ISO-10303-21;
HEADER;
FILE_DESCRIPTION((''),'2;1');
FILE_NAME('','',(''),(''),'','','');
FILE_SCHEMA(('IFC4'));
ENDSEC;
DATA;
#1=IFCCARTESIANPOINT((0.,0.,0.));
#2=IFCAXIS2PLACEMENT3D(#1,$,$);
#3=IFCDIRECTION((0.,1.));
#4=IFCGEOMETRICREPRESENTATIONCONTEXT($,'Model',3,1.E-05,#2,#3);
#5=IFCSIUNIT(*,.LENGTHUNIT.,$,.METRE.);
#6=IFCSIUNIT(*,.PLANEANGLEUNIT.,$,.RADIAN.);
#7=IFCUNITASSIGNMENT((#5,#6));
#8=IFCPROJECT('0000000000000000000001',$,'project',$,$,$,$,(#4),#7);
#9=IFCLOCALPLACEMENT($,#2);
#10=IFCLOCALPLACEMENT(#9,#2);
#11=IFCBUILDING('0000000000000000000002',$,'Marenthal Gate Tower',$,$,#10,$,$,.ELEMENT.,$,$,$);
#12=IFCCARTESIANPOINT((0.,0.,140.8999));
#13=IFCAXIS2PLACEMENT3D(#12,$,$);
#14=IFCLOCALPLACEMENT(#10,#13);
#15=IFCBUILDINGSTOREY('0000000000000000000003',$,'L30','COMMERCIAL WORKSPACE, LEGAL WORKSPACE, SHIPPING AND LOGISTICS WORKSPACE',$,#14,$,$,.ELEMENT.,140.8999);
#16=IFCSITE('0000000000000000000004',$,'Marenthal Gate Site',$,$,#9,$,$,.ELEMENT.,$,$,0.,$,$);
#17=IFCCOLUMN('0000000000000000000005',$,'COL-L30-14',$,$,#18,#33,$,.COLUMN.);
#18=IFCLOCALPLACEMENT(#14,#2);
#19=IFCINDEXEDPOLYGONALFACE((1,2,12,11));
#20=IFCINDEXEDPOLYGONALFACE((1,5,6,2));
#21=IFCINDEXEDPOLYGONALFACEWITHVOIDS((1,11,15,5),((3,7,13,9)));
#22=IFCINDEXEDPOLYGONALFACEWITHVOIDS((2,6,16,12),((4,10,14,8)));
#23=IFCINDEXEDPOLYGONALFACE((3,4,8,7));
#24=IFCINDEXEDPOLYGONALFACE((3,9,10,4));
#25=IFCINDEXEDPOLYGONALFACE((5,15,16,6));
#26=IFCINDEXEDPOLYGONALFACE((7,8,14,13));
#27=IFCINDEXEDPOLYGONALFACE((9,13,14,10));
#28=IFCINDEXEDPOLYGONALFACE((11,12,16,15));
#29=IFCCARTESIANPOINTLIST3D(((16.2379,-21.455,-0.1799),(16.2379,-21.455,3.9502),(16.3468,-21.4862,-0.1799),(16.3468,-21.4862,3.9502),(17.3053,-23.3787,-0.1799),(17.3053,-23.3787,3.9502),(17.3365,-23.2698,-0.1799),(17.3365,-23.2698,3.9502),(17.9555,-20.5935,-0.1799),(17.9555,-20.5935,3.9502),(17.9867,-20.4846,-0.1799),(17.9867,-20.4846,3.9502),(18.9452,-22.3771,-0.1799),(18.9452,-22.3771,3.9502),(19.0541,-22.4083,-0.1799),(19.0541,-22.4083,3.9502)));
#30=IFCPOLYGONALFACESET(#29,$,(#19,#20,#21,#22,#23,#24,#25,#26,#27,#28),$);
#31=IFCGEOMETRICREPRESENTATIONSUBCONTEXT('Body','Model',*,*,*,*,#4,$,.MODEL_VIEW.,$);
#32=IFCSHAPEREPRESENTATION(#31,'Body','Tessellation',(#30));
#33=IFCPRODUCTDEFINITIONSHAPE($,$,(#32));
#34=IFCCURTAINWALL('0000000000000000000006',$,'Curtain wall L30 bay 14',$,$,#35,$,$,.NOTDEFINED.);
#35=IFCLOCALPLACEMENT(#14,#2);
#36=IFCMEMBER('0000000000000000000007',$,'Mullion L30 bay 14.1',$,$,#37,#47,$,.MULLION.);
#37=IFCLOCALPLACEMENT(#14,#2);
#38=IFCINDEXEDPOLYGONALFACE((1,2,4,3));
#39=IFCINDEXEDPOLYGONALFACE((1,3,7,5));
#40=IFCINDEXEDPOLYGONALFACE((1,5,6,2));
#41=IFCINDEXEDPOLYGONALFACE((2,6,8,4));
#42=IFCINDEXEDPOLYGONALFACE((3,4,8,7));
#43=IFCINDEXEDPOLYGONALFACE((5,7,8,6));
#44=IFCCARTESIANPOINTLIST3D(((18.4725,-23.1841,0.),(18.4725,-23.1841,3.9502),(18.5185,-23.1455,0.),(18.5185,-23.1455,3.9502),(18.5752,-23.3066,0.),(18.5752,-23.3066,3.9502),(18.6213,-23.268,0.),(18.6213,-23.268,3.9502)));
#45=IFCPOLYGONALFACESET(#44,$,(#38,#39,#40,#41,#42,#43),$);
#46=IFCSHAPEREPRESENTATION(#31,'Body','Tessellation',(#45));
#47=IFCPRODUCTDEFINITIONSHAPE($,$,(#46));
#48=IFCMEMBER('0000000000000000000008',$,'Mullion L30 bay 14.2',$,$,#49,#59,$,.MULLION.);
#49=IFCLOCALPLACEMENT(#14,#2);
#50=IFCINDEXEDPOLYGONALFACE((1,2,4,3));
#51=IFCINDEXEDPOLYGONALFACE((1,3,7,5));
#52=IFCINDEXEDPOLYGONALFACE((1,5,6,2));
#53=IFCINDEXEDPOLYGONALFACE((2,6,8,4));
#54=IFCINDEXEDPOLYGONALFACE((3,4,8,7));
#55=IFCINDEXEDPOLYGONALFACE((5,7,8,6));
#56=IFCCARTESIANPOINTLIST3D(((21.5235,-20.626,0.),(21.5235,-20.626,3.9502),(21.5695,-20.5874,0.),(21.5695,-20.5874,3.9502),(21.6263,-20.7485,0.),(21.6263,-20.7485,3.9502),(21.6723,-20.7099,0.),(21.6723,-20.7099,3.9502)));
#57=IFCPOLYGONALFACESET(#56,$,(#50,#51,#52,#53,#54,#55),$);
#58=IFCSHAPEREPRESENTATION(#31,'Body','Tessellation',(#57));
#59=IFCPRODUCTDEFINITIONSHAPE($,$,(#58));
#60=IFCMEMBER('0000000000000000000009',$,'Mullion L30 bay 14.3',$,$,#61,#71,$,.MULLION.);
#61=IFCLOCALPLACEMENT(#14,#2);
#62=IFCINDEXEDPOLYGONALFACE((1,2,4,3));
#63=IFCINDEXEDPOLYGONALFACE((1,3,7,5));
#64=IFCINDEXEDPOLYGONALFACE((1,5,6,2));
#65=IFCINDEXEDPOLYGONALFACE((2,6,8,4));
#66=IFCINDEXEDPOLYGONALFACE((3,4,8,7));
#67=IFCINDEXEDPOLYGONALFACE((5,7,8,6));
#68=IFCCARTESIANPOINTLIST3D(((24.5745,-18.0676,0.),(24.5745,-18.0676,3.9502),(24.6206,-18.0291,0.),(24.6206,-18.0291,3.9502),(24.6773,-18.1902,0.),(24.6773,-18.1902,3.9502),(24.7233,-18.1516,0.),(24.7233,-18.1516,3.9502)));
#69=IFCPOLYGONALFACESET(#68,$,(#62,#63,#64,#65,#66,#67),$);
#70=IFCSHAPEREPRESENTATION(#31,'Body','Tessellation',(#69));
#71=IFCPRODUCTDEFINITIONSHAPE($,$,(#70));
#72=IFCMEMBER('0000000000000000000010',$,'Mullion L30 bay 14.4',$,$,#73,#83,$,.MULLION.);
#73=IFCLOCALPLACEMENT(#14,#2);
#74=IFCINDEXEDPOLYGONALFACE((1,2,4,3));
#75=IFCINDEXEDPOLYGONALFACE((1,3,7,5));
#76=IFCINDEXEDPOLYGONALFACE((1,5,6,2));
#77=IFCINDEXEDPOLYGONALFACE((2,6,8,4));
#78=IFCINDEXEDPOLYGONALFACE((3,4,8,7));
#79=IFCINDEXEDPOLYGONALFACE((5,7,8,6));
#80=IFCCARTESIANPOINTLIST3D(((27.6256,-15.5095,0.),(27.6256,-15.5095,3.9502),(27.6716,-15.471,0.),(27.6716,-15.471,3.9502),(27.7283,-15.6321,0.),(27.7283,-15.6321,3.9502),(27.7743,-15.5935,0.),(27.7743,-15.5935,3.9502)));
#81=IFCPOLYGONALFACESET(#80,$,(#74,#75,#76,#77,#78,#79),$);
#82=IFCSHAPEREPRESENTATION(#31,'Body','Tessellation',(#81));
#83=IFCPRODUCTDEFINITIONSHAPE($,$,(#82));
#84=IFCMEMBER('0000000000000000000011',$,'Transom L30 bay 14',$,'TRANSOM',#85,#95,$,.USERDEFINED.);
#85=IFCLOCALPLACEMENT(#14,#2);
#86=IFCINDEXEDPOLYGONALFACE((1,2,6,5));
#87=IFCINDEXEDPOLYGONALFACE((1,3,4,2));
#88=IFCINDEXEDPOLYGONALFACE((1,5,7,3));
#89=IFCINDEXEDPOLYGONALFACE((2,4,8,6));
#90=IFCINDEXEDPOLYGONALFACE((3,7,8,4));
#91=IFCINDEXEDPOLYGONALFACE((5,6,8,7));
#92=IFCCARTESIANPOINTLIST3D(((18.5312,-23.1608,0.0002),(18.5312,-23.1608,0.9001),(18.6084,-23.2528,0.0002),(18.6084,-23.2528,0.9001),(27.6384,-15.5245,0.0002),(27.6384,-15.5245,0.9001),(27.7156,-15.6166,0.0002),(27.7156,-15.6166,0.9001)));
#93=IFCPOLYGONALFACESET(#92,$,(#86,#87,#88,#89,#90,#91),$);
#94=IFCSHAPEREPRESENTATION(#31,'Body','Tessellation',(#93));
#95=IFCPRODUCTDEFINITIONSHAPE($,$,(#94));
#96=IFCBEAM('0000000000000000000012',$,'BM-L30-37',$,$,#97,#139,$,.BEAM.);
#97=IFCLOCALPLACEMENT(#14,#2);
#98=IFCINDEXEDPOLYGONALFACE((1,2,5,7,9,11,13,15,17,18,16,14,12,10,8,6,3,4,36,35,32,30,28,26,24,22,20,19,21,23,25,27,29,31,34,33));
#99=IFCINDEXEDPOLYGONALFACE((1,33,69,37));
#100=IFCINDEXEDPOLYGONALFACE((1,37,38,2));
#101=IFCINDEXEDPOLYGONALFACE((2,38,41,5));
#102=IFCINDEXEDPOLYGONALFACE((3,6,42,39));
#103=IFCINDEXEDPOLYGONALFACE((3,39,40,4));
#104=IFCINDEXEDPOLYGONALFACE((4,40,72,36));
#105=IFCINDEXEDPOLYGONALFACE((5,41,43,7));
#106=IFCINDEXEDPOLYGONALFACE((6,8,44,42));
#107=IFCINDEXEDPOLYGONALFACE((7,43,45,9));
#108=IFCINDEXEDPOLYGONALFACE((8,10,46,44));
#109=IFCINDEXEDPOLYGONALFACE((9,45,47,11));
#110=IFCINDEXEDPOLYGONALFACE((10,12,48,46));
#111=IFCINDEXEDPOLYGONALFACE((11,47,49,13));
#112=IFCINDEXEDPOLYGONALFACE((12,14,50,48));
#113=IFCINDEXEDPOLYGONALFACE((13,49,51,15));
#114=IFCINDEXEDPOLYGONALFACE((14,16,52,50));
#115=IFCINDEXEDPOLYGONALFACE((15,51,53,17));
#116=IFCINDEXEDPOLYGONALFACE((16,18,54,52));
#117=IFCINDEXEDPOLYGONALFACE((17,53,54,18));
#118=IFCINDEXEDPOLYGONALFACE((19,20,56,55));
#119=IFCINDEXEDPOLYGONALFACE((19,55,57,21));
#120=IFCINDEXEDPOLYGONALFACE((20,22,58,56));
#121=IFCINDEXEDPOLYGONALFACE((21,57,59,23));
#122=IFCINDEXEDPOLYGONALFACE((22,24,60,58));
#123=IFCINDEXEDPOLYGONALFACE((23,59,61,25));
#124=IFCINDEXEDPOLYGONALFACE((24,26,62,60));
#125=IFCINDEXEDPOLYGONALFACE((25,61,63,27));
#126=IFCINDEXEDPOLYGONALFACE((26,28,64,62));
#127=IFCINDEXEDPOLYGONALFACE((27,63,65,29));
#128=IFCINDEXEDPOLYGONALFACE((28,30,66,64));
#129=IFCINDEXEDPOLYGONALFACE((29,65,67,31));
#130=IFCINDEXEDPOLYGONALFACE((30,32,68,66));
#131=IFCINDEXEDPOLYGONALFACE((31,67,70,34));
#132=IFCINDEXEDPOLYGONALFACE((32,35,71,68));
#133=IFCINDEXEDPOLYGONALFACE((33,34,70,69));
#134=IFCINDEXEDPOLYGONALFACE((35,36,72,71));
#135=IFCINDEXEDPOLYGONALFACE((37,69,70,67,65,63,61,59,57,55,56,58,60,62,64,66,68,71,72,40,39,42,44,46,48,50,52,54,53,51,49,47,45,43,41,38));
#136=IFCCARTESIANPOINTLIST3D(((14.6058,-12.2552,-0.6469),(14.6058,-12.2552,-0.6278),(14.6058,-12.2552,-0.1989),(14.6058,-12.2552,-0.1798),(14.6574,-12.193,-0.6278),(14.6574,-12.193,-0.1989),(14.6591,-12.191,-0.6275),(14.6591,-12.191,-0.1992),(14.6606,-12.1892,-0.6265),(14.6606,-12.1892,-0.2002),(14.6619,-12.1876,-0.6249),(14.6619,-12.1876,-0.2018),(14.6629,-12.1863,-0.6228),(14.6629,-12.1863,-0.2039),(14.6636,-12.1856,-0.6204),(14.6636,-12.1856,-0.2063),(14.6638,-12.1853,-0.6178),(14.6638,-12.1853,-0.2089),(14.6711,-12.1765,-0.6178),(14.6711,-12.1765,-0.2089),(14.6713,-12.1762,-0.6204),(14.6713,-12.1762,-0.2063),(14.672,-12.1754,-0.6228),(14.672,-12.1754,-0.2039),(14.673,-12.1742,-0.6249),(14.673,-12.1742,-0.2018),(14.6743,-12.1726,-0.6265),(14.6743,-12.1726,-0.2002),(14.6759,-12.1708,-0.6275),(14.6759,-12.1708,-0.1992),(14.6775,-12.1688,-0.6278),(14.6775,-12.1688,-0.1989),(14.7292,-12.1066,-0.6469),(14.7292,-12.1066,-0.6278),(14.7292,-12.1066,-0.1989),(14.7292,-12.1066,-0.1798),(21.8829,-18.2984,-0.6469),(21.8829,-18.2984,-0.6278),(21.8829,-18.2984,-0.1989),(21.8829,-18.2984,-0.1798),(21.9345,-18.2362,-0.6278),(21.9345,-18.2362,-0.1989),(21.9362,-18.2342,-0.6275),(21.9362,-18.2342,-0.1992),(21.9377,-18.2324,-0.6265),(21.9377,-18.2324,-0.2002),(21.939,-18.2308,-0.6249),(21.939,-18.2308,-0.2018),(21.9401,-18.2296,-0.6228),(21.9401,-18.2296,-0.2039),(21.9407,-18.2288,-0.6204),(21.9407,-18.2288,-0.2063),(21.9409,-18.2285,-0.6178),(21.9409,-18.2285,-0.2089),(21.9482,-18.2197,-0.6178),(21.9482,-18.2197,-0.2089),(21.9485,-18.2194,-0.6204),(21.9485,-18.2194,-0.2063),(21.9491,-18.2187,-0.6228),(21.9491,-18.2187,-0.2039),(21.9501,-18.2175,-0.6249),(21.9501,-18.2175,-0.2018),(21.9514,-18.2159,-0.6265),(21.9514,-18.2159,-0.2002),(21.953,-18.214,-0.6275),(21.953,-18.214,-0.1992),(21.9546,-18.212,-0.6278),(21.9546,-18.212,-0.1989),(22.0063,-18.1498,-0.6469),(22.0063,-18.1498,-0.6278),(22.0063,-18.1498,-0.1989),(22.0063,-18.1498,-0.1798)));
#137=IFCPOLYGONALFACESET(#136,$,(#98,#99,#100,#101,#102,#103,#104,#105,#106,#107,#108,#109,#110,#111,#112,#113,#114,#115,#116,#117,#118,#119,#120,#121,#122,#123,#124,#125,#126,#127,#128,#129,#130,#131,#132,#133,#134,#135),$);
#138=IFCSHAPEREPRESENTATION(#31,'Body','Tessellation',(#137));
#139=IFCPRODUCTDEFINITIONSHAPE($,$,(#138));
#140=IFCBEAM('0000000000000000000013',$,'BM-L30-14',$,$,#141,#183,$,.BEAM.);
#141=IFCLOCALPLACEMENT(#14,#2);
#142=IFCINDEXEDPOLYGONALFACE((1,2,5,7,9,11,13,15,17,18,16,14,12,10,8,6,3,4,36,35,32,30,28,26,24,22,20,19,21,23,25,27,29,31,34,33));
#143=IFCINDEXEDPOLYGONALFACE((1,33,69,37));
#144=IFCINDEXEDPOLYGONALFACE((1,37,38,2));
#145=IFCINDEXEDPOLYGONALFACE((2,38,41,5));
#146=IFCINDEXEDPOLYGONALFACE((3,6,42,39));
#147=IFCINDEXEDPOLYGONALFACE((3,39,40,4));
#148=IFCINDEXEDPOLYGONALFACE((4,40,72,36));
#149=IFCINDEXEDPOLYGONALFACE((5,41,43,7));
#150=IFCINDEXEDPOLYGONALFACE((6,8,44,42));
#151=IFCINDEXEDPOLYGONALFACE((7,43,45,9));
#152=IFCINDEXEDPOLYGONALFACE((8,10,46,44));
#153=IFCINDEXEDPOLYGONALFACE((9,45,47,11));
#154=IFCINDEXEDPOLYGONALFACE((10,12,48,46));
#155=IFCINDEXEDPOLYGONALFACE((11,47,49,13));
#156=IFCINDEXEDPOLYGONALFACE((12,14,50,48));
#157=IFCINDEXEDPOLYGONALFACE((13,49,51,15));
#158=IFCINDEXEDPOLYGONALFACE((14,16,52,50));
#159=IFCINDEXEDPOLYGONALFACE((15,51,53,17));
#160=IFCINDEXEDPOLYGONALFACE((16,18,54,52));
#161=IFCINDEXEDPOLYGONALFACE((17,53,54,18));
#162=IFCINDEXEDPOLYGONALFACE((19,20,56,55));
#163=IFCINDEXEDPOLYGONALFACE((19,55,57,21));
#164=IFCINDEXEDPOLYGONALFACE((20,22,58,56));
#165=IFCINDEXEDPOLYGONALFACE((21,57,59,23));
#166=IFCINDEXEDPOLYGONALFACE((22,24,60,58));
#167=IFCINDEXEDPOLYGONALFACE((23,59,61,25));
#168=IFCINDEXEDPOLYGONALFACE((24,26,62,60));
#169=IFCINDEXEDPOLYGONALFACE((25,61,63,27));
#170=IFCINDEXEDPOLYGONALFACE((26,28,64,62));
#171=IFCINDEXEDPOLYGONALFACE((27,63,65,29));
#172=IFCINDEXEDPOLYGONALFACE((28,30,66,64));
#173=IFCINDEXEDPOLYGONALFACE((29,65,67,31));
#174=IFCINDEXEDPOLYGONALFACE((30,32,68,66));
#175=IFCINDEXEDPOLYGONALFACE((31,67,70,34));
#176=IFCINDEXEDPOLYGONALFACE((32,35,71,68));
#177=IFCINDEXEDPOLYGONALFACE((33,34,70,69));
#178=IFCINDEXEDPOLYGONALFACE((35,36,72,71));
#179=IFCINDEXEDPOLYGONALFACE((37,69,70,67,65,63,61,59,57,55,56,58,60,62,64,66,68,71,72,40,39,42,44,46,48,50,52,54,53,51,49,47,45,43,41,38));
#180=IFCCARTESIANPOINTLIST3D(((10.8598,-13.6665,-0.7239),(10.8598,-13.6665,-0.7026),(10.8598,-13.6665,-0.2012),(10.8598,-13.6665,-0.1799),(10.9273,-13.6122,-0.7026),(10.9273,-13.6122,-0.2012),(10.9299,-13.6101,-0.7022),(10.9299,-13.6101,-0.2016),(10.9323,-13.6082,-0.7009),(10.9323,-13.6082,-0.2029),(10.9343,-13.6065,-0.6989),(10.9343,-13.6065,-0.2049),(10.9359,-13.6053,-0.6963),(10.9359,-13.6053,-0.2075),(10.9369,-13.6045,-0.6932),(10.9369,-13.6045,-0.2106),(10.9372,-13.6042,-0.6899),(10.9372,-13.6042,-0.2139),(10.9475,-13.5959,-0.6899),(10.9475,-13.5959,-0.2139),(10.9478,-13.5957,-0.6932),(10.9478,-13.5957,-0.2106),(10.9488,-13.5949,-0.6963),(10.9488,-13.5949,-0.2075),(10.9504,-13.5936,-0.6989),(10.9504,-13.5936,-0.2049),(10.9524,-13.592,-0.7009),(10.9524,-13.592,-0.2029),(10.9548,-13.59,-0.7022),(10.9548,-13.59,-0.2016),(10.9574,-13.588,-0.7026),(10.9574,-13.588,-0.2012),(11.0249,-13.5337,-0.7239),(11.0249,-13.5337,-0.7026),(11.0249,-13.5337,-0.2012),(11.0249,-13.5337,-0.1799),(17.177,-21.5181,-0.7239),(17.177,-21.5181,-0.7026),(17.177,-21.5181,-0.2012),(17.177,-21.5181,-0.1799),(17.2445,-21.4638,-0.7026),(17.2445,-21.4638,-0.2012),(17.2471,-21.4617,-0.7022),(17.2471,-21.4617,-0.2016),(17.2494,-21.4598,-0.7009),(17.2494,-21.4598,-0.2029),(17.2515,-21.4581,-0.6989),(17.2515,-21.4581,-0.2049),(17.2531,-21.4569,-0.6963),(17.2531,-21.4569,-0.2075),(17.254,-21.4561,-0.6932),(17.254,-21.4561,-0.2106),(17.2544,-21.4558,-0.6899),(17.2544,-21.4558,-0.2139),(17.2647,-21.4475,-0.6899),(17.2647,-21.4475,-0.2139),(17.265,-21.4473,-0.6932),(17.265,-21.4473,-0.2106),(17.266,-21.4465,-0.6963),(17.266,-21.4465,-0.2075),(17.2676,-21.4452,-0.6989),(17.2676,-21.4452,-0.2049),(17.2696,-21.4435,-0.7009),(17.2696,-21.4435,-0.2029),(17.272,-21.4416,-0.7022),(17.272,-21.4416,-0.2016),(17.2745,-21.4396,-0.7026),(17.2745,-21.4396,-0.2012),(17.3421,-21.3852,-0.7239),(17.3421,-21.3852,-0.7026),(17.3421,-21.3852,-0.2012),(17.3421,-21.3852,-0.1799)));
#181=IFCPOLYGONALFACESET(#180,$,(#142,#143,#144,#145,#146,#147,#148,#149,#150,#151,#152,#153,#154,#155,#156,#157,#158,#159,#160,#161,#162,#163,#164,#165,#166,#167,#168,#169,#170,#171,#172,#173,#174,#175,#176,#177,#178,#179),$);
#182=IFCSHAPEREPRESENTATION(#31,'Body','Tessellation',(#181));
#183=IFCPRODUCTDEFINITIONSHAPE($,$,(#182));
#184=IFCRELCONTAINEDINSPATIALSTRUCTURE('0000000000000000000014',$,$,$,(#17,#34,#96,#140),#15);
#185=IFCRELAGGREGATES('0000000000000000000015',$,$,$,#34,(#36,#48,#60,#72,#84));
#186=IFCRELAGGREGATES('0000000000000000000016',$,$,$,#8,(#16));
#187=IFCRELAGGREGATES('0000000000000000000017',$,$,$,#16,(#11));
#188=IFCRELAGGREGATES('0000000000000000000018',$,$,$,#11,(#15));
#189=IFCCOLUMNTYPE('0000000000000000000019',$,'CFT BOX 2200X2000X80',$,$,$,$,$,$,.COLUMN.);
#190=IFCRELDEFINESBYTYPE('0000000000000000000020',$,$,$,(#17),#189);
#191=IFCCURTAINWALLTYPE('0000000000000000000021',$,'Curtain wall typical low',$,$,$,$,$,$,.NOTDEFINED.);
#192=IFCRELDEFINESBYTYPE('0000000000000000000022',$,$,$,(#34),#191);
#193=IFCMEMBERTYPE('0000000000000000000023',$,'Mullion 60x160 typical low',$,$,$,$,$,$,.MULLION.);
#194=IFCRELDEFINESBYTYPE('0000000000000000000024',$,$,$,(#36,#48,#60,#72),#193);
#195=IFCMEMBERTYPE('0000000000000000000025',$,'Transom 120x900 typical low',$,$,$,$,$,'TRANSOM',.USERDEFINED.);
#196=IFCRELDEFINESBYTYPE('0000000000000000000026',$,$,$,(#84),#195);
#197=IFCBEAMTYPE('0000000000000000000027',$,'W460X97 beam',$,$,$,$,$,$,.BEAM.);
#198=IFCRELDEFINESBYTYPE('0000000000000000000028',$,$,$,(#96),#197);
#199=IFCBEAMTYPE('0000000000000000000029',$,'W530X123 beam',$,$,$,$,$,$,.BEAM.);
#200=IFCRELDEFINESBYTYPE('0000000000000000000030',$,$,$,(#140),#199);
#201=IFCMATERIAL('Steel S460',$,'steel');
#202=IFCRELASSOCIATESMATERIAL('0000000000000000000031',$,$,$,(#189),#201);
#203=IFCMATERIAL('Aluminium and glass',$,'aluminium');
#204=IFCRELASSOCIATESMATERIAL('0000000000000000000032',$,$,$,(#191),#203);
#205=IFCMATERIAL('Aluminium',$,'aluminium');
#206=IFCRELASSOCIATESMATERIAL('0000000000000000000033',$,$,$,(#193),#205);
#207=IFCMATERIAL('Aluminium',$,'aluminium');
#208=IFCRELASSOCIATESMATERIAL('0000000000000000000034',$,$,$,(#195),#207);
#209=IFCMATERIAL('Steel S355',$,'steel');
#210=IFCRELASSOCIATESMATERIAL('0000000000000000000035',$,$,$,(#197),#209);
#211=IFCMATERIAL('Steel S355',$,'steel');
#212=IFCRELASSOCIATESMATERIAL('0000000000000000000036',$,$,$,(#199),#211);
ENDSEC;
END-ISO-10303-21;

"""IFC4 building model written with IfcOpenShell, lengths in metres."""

from ifc_helpers import new_model, si_unit, direction, frame, origin, origin_2d, place, context, subcontext, project, spatial, rectangle, hollow_rectangle, i_section, extrude, material, material_profile, profile_set, type_object, element, aggregate, save


model = new_model("IFC4")

# Units and contexts
model_context = context("Model", 3, precision=1e-05, world=origin(), true_north=direction((0.0, 1.0)))
body_context = subcontext(model_context, "Body", "Model", "MODEL_VIEW")
ifc_project = project(units=[si_unit("LENGTHUNIT", "METRE"), si_unit("PLANEANGLEUNIT", "RADIAN")], contexts=[model_context])

# Site, building, storey
site_placement = place(None, origin())
site = spatial("IfcSite", under=ifc_project, at=site_placement, Name="Marenthal Gate Site", CompositionType="ELEMENT", RefElevation=0.0)
building_placement = place(site_placement, origin())
building = spatial("IfcBuilding", under=site, at=building_placement, Name="Marenthal Gate Tower", CompositionType="ELEMENT")
storey_placement = place(building_placement, frame((0.0, 0.0, 140.8999)))
storey = spatial("IfcBuildingStorey", under=building, at=storey_placement, Name="L30", Description="COMMERCIAL WORKSPACE, LEGAL WORKSPACE, SHIPPING AND LOGISTICS WORKSPACE", CompositionType="ELEMENT", Elevation=140.8999)

# Column
ifc_material_1 = material(Name="Steel S460", Category="steel")
ifc_material_profile_1 = material_profile(ifc_material_1, hollow_rectangle(XDim=2.0, YDim=2.2, WallThickness=0.0801, at=origin_2d()), Name="CFT BOX 2200X2000X80")
ifc_material_2 = material(Name="Concrete 70 MPa", Category="concrete")
ifc_material_profile_2 = material_profile(ifc_material_2, rectangle(XDim=1.8401, YDim=2.04, at=origin_2d()), Name="CFT BOX 2200X2000X80 INFILL")
ifc_profile_set_1 = profile_set([ifc_material_profile_1, ifc_material_profile_2], Name="Steel S460 shell, Concrete 70 MPa infill")
column_type = type_object("IfcColumnType", Name="CFT BOX 2200X2000X80", PredefinedType="COLUMN", material=ifc_profile_set_1)
column_placement = place(storey_placement, frame((17.646, -21.9316, -0.1799), z_axis=(0.0, 0.0, 1.0), x_axis=(-0.874403, -0.4852, 0.0)))
element("IfcColumn", 1, at=column_placement, inside=storey, type_object=column_type, Name="COL-L30-14", PredefinedType="COLUMN", context=body_context, shape_type="SweptSolid", body=[
    extrude(hollow_rectangle(XDim=2.0, YDim=2.2, WallThickness=0.0801, at=origin_2d()), origin(), (0.0, 0.0, 1.0), 4.1301),
])

# Curtain wall, members
ifc_material_3 = material(Name="Aluminium and glass", Category="aluminium")
curtain_wall_type = type_object("IfcCurtainWallType", Name="Curtain wall typical low", PredefinedType="NOTDEFINED", material=ifc_material_3)
curtain_wall_placement = place(storey_placement, origin())
curtain_wall = element("IfcCurtainWall", 2, at=curtain_wall_placement, inside=storey, type_object=curtain_wall_type, Name="Curtain wall L30 bay 14", PredefinedType="NOTDEFINED")
ifc_material_4 = material(Name="Aluminium", Category="aluminium")
ifc_material_profile_3 = material_profile(ifc_material_4, rectangle(XDim=0.1599, YDim=0.0601, at=origin_2d()), Name="60x160 aluminium mullion")
ifc_profile_set_2 = profile_set([ifc_material_profile_3], Name="Aluminium")
member_type_1 = type_object("IfcMemberType", Name="Mullion 60x160 typical low", PredefinedType="MULLION", material=ifc_profile_set_2)
member_1_placement = place(storey_placement, frame((18.5469, -23.2261, 0.0), z_axis=(0.0, 0.0, 1.0), x_axis=(-0.642511, 0.766277, 0.0)))
member_1 = element("IfcMember", 3, at=member_1_placement, type_object=member_type_1, Name="Mullion L30 bay 14.1", PredefinedType="MULLION", context=body_context, shape_type="SweptSolid", body=[
    extrude(rectangle(XDim=0.1599, YDim=0.0601, at=origin_2d()), origin(), (0.0, 0.0, 1.0), 3.9502),
])
member_2_placement = place(storey_placement, frame((21.5979, -20.668, 0.0), z_axis=(0.0, 0.0, 1.0), x_axis=(-0.642511, 0.766277, 0.0)))
member_2 = element("IfcMember", 4, at=member_2_placement, type_object=member_type_1, Name="Mullion L30 bay 14.2", PredefinedType="MULLION", context=body_context, shape_type="SweptSolid", body=[
    extrude(rectangle(XDim=0.1599, YDim=0.0601, at=origin_2d()), origin(), (0.0, 0.0, 1.0), 3.9502),
])
member_3_placement = place(storey_placement, frame((24.6489, -18.1096, 0.0), z_axis=(0.0, 0.0, 1.0), x_axis=(-0.642511, 0.766277, 0.0)))
member_3 = element("IfcMember", 5, at=member_3_placement, type_object=member_type_1, Name="Mullion L30 bay 14.3", PredefinedType="MULLION", context=body_context, shape_type="SweptSolid", body=[
    extrude(rectangle(XDim=0.1599, YDim=0.0601, at=origin_2d()), origin(), (0.0, 0.0, 1.0), 3.9502),
])
member_4_placement = place(storey_placement, frame((27.7, -15.5515, 0.0), z_axis=(0.0, 0.0, 1.0), x_axis=(-0.642511, 0.766277, 0.0)))
member_4 = element("IfcMember", 6, at=member_4_placement, type_object=member_type_1, Name="Mullion L30 bay 14.4", PredefinedType="MULLION", context=body_context, shape_type="SweptSolid", body=[
    extrude(rectangle(XDim=0.1599, YDim=0.0601, at=origin_2d()), origin(), (0.0, 0.0, 1.0), 3.9502),
])
ifc_material_5 = material(Name="Aluminium", Category="aluminium")
ifc_material_profile_4 = material_profile(ifc_material_5, rectangle(XDim=0.1201, YDim=0.8999, at=origin_2d()), Name="120x900 aluminium transom")
ifc_profile_set_3 = profile_set([ifc_material_profile_4], Name="Aluminium")
member_type_2 = type_object("IfcMemberType", Name="Transom 120x900 typical low", ElementType="TRANSOM", PredefinedType="USERDEFINED", material=ifc_profile_set_3)
member_5_placement = place(storey_placement, frame((18.5698, -23.2068, 0.4502), z_axis=(0.766276, 0.642511, 0.0), x_axis=(-0.642511, 0.766276, 0.0)))
member_5 = element("IfcMember", 7, at=member_5_placement, type_object=member_type_2, Name="Transom L30 bay 14", ObjectType="TRANSOM", PredefinedType="USERDEFINED", context=body_context, shape_type="SweptSolid", body=[
    extrude(rectangle(XDim=0.1201, YDim=0.8999, at=origin_2d()), origin(), (0.0, 0.0, 1.0), 11.885),
])

# Beams
ifc_material_6 = material(Name="Steel S355", Category="steel")
ifc_material_profile_5 = material_profile(ifc_material_6, i_section(OverallWidth=0.1931, OverallDepth=0.467, WebThickness=0.0115, FlangeThickness=0.019, FilletRadius=0.01, at=origin_2d()), Name="W460X97")
ifc_profile_set_4 = profile_set([ifc_material_profile_5], Name="Steel S355")
beam_type_1 = type_object("IfcBeamType", Name="W460X97 beam", PredefinedType="BEAM", material=ifc_profile_set_4)
beam_1_placement = place(storey_placement, frame((21.9446, -18.2241, -0.4133), z_axis=(-0.769314, 0.638871, 0.0), x_axis=(-0.638871, -0.769314, 0.0)))
element("IfcBeam", 8, at=beam_1_placement, inside=storey, type_object=beam_type_1, Name="BM-L30-37", PredefinedType="BEAM", context=body_context, shape_type="SweptSolid", body=[
    extrude(i_section(OverallWidth=0.1931, OverallDepth=0.467, WebThickness=0.0115, FlangeThickness=0.019, FilletRadius=0.01, at=origin_2d()), origin(), (0.0, 0.0, 1.0), 9.4592),
])
ifc_material_7 = material(Name="Steel S355", Category="steel")
ifc_material_profile_6 = material_profile(ifc_material_7, i_section(OverallWidth=0.2119, OverallDepth=0.5439, WebThickness=0.0132, FlangeThickness=0.0212, FilletRadius=0.0127, at=origin_2d()), Name="W530X123")
ifc_profile_set_5 = profile_set([ifc_material_profile_6], Name="Steel S355")
beam_type_2 = type_object("IfcBeamType", Name="W530X123 beam", PredefinedType="BEAM", material=ifc_profile_set_5)
beam_2_placement = place(storey_placement, frame((17.2595, -21.4517, -0.4519), z_axis=(-0.626864, 0.779129, 0.0), x_axis=(-0.779129, -0.626864, 0.0)))
element("IfcBeam", 9, at=beam_2_placement, inside=storey, type_object=beam_type_2, Name="BM-L30-14", PredefinedType="BEAM", context=body_context, shape_type="SweptSolid", body=[
    extrude(i_section(OverallWidth=0.2119, OverallDepth=0.5439, WebThickness=0.0132, FlangeThickness=0.0212, FilletRadius=0.0127, at=origin_2d()), origin(), (0.0, 0.0, 1.0), 10.0774),
])

aggregate(curtain_wall, [member_1, member_2, member_3, member_4, member_5])

save(model, "model.ifc")
